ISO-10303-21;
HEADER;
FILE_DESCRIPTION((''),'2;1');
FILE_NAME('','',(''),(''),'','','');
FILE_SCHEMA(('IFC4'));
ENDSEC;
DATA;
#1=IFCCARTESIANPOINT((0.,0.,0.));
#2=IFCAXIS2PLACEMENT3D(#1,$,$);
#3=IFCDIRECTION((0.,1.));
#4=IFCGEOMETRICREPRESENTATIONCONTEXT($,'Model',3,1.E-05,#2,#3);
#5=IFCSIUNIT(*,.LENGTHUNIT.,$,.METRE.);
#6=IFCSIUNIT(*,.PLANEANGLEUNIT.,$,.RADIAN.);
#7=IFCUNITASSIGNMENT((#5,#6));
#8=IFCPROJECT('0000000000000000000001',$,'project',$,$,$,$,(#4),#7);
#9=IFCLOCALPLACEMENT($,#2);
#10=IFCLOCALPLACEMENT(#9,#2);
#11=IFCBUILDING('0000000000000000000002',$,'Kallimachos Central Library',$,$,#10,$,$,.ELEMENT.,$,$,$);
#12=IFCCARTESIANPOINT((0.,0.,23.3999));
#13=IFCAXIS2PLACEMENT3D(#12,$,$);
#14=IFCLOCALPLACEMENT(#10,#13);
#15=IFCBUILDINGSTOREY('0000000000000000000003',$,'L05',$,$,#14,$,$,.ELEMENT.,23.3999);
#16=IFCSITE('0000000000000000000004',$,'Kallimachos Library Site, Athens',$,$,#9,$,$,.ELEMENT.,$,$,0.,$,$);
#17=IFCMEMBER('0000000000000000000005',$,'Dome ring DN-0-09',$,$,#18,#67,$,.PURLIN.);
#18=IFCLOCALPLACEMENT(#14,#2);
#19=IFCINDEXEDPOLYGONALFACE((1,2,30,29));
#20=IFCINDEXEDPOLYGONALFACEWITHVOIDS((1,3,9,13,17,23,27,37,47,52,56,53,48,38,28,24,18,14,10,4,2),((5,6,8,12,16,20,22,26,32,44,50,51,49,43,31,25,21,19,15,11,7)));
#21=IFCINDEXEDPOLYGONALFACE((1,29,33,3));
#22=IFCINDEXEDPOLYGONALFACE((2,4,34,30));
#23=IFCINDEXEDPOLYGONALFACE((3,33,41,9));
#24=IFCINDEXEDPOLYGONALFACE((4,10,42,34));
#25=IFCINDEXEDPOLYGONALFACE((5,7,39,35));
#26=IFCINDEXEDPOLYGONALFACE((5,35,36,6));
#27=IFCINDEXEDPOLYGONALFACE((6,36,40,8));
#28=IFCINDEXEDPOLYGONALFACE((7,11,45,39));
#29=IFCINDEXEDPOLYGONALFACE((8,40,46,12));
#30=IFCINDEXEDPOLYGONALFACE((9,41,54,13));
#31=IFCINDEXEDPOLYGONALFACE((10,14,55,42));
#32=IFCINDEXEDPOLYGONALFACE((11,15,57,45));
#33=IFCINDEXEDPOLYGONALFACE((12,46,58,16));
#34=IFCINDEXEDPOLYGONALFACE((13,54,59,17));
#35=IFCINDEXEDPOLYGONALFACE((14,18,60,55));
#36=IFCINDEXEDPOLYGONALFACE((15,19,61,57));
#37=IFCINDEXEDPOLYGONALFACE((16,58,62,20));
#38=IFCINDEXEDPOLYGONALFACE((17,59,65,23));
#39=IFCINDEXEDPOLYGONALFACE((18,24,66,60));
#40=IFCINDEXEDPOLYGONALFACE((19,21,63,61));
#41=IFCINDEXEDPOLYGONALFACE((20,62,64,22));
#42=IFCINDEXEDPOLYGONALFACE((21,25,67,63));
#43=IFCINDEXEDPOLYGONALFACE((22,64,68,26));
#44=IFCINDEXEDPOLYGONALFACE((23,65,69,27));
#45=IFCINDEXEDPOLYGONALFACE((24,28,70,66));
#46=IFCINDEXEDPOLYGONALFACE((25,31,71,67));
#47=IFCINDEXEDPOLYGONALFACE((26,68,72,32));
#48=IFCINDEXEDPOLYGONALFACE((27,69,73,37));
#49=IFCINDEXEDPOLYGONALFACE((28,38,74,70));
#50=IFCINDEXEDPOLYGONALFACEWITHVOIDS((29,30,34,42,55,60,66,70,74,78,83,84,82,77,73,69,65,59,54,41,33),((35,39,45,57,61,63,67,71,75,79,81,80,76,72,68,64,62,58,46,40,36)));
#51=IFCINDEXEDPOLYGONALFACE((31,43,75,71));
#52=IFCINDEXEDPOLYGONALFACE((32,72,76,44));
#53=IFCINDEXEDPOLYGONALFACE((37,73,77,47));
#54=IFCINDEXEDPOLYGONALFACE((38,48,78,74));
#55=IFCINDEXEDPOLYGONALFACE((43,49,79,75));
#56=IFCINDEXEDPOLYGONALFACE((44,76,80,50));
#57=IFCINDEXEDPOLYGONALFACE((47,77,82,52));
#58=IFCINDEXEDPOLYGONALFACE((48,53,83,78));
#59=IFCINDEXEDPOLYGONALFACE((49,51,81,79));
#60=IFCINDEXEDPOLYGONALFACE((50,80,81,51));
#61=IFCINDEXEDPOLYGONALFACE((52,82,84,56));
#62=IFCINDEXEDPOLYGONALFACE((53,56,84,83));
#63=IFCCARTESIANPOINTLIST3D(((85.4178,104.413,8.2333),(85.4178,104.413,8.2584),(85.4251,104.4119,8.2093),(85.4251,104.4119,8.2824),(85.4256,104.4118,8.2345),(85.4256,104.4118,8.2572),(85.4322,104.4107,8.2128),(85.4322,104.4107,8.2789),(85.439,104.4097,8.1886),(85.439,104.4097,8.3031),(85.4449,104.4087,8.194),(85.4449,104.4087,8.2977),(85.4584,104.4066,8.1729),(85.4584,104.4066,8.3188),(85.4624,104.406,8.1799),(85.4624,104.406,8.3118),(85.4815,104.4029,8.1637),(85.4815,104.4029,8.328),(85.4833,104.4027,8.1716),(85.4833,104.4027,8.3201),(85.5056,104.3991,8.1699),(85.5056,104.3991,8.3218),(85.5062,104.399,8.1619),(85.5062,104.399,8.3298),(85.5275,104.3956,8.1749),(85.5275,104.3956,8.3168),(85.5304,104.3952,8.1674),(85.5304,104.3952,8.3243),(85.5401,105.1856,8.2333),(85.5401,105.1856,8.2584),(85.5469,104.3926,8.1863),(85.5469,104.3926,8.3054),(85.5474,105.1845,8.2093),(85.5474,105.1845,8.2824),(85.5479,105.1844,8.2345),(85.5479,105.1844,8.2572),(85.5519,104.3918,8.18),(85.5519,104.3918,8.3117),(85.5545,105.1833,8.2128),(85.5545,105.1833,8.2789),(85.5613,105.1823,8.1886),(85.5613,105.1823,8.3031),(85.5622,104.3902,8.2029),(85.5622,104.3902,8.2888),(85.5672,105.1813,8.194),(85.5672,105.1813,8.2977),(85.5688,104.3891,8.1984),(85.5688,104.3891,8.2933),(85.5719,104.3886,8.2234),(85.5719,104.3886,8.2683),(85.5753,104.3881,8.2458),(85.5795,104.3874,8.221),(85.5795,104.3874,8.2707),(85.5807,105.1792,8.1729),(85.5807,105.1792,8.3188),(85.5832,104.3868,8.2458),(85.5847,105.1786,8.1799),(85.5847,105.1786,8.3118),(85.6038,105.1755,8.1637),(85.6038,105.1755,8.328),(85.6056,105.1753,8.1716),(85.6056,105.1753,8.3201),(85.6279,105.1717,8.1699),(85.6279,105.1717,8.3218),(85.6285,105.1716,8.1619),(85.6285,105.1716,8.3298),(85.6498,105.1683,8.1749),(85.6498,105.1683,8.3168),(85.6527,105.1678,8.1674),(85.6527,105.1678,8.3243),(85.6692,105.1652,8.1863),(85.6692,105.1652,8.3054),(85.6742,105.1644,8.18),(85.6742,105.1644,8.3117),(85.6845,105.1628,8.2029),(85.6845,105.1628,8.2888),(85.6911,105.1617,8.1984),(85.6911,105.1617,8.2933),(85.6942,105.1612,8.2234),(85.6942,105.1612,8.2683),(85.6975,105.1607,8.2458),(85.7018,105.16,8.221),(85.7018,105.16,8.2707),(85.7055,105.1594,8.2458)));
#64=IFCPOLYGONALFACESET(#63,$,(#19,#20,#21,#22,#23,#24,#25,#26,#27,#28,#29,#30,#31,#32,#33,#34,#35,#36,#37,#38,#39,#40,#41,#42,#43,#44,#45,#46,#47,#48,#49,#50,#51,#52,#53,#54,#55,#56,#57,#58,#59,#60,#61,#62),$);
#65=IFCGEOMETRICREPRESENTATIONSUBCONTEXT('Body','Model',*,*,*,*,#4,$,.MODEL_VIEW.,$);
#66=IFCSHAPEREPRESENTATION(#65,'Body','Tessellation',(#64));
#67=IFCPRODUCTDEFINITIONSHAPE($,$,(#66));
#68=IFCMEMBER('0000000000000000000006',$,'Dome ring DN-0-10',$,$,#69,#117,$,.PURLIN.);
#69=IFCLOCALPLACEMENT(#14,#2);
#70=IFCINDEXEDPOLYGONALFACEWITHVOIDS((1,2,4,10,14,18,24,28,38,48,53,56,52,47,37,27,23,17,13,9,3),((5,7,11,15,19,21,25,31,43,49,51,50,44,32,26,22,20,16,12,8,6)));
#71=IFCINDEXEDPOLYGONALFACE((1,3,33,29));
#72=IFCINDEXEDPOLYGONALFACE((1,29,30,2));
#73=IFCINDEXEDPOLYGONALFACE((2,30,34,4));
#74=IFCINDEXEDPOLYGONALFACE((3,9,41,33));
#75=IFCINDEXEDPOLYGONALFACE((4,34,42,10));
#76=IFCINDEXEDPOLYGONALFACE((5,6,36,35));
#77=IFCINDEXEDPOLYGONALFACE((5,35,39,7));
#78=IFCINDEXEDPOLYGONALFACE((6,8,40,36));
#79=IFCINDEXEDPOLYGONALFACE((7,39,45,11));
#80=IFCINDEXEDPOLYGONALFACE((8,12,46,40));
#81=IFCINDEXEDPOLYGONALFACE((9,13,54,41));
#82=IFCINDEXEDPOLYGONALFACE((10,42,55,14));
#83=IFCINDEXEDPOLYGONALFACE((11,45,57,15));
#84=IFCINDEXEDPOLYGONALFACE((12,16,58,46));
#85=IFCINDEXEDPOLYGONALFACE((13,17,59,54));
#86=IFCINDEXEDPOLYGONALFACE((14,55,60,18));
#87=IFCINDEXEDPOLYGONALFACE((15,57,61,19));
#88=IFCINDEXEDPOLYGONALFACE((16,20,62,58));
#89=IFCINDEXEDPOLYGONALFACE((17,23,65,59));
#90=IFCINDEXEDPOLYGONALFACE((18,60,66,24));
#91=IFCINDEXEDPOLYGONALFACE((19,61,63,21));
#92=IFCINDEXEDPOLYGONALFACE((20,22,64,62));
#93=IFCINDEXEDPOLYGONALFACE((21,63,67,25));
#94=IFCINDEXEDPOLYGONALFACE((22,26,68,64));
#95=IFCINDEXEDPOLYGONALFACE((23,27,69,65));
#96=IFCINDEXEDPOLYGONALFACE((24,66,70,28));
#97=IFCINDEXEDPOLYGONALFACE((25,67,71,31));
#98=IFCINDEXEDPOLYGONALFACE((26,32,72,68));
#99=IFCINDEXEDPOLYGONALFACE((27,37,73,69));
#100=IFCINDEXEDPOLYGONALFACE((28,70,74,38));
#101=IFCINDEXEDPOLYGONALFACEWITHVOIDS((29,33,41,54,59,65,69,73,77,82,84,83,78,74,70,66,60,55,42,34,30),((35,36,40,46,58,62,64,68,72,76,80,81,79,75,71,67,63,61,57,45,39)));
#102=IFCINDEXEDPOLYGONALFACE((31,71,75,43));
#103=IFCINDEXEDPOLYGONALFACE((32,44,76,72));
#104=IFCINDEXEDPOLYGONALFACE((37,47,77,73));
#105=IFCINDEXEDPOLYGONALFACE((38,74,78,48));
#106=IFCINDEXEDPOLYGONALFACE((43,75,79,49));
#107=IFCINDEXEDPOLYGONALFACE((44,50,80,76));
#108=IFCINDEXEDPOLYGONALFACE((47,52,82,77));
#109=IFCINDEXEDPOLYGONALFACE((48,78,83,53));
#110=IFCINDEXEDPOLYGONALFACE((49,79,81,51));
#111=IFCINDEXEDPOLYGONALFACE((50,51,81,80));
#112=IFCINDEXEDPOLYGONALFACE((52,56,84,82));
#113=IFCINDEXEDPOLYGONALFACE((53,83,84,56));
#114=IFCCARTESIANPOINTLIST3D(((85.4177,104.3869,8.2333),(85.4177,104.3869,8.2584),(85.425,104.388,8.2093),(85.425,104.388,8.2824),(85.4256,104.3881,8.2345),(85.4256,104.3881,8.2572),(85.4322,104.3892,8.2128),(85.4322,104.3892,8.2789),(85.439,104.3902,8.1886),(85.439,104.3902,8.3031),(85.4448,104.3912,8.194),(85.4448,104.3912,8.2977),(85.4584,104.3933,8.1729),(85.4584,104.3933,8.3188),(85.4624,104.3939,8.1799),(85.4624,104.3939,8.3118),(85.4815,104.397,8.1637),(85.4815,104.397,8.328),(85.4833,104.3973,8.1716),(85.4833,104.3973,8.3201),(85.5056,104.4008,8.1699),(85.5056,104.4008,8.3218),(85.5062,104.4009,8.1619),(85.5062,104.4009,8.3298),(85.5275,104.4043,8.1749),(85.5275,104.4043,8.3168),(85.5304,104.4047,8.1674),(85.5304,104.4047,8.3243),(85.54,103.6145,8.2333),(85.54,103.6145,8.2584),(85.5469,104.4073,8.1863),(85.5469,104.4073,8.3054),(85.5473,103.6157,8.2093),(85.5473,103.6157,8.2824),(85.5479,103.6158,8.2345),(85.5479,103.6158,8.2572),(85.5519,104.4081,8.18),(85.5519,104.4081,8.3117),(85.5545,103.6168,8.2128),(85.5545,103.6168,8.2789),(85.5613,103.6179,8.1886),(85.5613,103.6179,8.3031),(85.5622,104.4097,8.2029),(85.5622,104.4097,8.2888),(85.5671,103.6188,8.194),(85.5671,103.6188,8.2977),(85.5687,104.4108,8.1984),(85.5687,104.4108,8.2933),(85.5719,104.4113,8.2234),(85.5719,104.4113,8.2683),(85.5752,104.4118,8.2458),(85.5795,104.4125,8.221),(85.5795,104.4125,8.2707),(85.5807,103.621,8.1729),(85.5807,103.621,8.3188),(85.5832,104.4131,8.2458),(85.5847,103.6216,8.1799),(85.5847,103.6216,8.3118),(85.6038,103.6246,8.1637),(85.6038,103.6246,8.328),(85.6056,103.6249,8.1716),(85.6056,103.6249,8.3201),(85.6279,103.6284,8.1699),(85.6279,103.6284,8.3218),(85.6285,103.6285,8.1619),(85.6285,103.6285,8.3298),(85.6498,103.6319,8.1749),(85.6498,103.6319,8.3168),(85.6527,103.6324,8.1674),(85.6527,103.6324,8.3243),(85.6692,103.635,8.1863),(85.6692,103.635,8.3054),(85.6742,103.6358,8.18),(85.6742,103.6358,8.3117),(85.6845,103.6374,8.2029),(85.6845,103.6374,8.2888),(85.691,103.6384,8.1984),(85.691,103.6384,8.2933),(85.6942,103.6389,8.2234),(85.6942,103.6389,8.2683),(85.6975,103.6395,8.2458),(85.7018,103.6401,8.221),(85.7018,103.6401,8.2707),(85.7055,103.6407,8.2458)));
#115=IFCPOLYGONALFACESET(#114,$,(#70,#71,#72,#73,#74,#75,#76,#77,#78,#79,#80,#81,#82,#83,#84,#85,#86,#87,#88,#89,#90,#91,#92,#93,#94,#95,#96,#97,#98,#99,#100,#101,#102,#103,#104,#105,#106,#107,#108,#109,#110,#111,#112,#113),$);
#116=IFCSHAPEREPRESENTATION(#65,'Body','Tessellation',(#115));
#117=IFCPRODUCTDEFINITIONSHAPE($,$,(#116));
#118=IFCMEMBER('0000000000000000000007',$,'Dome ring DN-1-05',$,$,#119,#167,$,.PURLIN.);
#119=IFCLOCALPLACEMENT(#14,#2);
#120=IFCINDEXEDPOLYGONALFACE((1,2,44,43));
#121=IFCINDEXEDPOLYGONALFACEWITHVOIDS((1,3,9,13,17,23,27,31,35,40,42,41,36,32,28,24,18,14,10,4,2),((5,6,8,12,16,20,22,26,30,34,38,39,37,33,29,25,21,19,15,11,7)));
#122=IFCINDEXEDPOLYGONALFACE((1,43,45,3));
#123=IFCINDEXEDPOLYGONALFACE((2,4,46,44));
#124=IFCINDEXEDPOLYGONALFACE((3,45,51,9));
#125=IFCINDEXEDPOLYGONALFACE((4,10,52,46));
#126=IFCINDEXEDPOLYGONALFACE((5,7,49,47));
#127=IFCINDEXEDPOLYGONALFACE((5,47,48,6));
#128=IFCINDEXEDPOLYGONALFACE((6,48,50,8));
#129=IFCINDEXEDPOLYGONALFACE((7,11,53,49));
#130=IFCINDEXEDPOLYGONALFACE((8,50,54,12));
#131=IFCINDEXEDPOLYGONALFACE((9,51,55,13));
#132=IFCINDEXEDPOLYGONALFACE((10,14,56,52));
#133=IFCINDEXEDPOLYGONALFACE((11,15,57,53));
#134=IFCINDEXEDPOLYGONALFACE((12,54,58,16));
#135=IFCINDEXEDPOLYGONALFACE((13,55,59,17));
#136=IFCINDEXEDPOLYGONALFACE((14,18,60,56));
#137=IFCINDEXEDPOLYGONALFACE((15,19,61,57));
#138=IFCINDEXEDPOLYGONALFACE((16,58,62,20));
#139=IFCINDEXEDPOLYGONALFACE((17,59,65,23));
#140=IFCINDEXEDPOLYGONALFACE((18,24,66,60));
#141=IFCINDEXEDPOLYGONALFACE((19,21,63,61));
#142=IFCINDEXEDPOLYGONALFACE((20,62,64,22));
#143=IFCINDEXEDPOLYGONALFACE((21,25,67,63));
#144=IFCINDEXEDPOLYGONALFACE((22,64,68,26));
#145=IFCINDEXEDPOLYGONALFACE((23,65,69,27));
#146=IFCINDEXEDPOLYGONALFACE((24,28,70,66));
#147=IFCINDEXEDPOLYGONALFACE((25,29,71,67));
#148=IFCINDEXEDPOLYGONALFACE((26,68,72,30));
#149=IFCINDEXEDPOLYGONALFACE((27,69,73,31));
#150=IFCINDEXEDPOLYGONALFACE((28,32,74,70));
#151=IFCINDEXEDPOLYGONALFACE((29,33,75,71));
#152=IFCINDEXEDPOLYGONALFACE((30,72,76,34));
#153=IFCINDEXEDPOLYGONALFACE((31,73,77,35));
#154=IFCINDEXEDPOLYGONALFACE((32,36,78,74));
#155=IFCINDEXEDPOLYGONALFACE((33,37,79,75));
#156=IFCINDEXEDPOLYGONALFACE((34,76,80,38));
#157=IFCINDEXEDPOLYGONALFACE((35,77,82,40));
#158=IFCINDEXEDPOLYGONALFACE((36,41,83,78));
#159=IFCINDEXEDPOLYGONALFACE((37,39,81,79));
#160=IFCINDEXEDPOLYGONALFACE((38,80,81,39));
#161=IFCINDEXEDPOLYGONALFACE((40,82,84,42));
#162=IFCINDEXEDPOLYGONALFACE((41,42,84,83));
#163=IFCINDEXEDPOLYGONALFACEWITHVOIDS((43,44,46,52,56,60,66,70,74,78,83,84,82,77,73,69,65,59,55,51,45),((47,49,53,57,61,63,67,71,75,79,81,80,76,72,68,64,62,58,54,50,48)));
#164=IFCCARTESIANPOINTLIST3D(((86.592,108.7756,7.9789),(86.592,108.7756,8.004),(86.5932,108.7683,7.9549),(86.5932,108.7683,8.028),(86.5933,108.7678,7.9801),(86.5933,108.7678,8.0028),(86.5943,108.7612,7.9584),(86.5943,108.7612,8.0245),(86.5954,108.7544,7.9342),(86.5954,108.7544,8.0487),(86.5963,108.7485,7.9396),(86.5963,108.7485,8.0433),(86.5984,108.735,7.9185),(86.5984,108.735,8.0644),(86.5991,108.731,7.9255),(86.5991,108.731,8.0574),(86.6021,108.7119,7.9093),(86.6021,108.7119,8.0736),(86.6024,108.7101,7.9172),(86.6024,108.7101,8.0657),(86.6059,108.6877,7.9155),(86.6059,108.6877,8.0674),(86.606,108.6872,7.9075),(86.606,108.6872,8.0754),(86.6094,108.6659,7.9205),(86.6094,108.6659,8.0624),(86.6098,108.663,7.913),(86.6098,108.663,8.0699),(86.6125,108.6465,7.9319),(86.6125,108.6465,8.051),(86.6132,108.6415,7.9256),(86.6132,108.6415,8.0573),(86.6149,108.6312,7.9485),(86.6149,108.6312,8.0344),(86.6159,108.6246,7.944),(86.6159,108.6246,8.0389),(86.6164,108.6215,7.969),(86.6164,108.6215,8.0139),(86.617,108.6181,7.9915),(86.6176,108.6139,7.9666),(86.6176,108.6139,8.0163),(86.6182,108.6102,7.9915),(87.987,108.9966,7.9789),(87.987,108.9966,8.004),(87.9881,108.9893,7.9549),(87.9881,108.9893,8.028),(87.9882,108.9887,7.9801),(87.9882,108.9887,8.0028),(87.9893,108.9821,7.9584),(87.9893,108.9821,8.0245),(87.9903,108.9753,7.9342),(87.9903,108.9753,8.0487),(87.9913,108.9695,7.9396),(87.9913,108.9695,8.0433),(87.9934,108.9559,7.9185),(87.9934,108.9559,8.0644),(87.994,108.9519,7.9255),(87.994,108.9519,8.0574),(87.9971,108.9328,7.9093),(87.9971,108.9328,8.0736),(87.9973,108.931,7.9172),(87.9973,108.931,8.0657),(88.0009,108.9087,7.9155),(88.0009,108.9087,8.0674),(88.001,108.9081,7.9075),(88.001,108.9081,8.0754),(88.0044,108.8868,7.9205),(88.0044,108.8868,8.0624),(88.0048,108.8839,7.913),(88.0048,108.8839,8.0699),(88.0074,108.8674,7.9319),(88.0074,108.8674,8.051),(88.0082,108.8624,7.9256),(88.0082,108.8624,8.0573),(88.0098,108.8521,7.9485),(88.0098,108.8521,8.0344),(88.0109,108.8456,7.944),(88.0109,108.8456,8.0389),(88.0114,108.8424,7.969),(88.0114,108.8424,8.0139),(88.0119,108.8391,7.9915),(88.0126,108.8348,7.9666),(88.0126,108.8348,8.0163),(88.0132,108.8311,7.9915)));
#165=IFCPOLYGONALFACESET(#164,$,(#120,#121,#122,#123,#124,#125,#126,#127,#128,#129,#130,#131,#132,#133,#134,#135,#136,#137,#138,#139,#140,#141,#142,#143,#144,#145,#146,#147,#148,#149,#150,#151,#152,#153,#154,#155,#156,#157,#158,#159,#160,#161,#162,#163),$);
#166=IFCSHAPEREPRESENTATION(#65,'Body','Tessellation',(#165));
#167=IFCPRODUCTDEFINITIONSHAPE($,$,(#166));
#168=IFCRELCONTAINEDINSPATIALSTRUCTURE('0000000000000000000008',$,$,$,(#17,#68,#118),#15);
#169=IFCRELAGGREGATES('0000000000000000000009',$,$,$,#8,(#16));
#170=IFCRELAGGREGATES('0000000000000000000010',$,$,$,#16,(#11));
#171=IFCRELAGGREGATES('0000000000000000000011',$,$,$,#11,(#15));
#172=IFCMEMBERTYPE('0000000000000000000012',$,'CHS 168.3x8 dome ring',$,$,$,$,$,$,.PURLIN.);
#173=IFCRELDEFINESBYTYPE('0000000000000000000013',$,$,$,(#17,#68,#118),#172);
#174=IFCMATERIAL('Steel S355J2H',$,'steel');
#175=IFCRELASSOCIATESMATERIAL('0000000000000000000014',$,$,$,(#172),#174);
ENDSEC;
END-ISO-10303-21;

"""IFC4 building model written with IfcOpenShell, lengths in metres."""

from ifc_helpers import new_model, si_unit, direction, frame, origin, origin_2d, place, context, subcontext, project, spatial, hollow_circle, extrude, material, material_profile, profile_set, type_object, element, save


model = new_model("IFC4")

# Units and contexts
model_context = context("Model", 3, precision=1e-05, world=origin(), true_north=direction((0.0, 1.0)))
body_context = subcontext(model_context, "Body", "Model", "MODEL_VIEW")
ifc_project = project(units=[si_unit("LENGTHUNIT", "METRE"), si_unit("PLANEANGLEUNIT", "RADIAN")], contexts=[model_context])

# Site, building, storey
site_placement = place(None, origin())
site = spatial("IfcSite", under=ifc_project, at=site_placement, Name="Kallimachos Library Site, Athens", CompositionType="ELEMENT", RefElevation=0.0)
building_placement = place(site_placement, origin())
building = spatial("IfcBuilding", under=site, at=building_placement, Name="Kallimachos Central Library", CompositionType="ELEMENT")
storey_placement = place(building_placement, frame((0.0, 0.0, 23.3999)))
storey = spatial("IfcBuildingStorey", under=building, at=storey_placement, Name="L05", CompositionType="ELEMENT", Elevation=23.3999)

# Members
ifc_material_1 = material(Name="Steel S355J2H", Category="steel")
ifc_material_profile_1 = material_profile(ifc_material_1, hollow_circle(Radius=0.0842, WallThickness=0.0081, at=origin_2d()), Name="CHS 168.3x8")
ifc_profile_set_1 = profile_set([ifc_material_profile_1], Name="Steel S355J2H")
member_type_1 = type_object("IfcMemberType", Name="CHS 168.3x8 dome ring", PredefinedType="PURLIN", material=ifc_profile_set_1)
member_1_placement = place(storey_placement, frame((85.6223, 105.1726, 8.2458), z_axis=(-0.156347, -0.987702, 0.0), x_axis=(0.987702, -0.156347, 0.0)))
element("IfcMember", 1, at=member_1_placement, inside=storey, type_object=member_type_1, Name="Dome ring DN-0-09", PredefinedType="PURLIN", context=body_context, shape_type="SweptSolid", body=[
    extrude(hollow_circle(Radius=0.0842, WallThickness=0.0081, at=origin_2d()), origin(), (0.0, 0.0, 1.0), 0.7822),
])
member_2_placement = place(storey_placement, frame((85.5, 104.3999, 8.2458), z_axis=(0.156395, -0.987695, 0.0), x_axis=(0.987695, 0.156395, 0.0)))
element("IfcMember", 2, at=member_2_placement, inside=storey, type_object=member_type_1, Name="Dome ring DN-0-10", PredefinedType="PURLIN", context=body_context, shape_type="SweptSolid", body=[
    extrude(hollow_circle(Radius=0.0842, WallThickness=0.0081, at=origin_2d()), origin(), (0.0, 0.0, 1.0), 0.782),
])
for number, where, z_axis, x_axis, name in (
    (3, (88.0, 108.9143, 7.9915), (-0.987689, -0.156433, 0.0), (0.156433, -0.987689, 0.0), "Dome ring DN-1-05"),
):
    element("IfcMember", number, at=place(storey_placement, frame(where, z_axis=z_axis, x_axis=x_axis)), inside=storey, type_object=member_type_1, Name=name, PredefinedType="PURLIN", context=body_context, shape_type="SweptSolid", body=[
        extrude(hollow_circle(Radius=0.0842, WallThickness=0.0081, at=origin_2d()), origin(), (0.0, 0.0, 1.0), 1.4124),
    ])

save(model, "model.ifc")
